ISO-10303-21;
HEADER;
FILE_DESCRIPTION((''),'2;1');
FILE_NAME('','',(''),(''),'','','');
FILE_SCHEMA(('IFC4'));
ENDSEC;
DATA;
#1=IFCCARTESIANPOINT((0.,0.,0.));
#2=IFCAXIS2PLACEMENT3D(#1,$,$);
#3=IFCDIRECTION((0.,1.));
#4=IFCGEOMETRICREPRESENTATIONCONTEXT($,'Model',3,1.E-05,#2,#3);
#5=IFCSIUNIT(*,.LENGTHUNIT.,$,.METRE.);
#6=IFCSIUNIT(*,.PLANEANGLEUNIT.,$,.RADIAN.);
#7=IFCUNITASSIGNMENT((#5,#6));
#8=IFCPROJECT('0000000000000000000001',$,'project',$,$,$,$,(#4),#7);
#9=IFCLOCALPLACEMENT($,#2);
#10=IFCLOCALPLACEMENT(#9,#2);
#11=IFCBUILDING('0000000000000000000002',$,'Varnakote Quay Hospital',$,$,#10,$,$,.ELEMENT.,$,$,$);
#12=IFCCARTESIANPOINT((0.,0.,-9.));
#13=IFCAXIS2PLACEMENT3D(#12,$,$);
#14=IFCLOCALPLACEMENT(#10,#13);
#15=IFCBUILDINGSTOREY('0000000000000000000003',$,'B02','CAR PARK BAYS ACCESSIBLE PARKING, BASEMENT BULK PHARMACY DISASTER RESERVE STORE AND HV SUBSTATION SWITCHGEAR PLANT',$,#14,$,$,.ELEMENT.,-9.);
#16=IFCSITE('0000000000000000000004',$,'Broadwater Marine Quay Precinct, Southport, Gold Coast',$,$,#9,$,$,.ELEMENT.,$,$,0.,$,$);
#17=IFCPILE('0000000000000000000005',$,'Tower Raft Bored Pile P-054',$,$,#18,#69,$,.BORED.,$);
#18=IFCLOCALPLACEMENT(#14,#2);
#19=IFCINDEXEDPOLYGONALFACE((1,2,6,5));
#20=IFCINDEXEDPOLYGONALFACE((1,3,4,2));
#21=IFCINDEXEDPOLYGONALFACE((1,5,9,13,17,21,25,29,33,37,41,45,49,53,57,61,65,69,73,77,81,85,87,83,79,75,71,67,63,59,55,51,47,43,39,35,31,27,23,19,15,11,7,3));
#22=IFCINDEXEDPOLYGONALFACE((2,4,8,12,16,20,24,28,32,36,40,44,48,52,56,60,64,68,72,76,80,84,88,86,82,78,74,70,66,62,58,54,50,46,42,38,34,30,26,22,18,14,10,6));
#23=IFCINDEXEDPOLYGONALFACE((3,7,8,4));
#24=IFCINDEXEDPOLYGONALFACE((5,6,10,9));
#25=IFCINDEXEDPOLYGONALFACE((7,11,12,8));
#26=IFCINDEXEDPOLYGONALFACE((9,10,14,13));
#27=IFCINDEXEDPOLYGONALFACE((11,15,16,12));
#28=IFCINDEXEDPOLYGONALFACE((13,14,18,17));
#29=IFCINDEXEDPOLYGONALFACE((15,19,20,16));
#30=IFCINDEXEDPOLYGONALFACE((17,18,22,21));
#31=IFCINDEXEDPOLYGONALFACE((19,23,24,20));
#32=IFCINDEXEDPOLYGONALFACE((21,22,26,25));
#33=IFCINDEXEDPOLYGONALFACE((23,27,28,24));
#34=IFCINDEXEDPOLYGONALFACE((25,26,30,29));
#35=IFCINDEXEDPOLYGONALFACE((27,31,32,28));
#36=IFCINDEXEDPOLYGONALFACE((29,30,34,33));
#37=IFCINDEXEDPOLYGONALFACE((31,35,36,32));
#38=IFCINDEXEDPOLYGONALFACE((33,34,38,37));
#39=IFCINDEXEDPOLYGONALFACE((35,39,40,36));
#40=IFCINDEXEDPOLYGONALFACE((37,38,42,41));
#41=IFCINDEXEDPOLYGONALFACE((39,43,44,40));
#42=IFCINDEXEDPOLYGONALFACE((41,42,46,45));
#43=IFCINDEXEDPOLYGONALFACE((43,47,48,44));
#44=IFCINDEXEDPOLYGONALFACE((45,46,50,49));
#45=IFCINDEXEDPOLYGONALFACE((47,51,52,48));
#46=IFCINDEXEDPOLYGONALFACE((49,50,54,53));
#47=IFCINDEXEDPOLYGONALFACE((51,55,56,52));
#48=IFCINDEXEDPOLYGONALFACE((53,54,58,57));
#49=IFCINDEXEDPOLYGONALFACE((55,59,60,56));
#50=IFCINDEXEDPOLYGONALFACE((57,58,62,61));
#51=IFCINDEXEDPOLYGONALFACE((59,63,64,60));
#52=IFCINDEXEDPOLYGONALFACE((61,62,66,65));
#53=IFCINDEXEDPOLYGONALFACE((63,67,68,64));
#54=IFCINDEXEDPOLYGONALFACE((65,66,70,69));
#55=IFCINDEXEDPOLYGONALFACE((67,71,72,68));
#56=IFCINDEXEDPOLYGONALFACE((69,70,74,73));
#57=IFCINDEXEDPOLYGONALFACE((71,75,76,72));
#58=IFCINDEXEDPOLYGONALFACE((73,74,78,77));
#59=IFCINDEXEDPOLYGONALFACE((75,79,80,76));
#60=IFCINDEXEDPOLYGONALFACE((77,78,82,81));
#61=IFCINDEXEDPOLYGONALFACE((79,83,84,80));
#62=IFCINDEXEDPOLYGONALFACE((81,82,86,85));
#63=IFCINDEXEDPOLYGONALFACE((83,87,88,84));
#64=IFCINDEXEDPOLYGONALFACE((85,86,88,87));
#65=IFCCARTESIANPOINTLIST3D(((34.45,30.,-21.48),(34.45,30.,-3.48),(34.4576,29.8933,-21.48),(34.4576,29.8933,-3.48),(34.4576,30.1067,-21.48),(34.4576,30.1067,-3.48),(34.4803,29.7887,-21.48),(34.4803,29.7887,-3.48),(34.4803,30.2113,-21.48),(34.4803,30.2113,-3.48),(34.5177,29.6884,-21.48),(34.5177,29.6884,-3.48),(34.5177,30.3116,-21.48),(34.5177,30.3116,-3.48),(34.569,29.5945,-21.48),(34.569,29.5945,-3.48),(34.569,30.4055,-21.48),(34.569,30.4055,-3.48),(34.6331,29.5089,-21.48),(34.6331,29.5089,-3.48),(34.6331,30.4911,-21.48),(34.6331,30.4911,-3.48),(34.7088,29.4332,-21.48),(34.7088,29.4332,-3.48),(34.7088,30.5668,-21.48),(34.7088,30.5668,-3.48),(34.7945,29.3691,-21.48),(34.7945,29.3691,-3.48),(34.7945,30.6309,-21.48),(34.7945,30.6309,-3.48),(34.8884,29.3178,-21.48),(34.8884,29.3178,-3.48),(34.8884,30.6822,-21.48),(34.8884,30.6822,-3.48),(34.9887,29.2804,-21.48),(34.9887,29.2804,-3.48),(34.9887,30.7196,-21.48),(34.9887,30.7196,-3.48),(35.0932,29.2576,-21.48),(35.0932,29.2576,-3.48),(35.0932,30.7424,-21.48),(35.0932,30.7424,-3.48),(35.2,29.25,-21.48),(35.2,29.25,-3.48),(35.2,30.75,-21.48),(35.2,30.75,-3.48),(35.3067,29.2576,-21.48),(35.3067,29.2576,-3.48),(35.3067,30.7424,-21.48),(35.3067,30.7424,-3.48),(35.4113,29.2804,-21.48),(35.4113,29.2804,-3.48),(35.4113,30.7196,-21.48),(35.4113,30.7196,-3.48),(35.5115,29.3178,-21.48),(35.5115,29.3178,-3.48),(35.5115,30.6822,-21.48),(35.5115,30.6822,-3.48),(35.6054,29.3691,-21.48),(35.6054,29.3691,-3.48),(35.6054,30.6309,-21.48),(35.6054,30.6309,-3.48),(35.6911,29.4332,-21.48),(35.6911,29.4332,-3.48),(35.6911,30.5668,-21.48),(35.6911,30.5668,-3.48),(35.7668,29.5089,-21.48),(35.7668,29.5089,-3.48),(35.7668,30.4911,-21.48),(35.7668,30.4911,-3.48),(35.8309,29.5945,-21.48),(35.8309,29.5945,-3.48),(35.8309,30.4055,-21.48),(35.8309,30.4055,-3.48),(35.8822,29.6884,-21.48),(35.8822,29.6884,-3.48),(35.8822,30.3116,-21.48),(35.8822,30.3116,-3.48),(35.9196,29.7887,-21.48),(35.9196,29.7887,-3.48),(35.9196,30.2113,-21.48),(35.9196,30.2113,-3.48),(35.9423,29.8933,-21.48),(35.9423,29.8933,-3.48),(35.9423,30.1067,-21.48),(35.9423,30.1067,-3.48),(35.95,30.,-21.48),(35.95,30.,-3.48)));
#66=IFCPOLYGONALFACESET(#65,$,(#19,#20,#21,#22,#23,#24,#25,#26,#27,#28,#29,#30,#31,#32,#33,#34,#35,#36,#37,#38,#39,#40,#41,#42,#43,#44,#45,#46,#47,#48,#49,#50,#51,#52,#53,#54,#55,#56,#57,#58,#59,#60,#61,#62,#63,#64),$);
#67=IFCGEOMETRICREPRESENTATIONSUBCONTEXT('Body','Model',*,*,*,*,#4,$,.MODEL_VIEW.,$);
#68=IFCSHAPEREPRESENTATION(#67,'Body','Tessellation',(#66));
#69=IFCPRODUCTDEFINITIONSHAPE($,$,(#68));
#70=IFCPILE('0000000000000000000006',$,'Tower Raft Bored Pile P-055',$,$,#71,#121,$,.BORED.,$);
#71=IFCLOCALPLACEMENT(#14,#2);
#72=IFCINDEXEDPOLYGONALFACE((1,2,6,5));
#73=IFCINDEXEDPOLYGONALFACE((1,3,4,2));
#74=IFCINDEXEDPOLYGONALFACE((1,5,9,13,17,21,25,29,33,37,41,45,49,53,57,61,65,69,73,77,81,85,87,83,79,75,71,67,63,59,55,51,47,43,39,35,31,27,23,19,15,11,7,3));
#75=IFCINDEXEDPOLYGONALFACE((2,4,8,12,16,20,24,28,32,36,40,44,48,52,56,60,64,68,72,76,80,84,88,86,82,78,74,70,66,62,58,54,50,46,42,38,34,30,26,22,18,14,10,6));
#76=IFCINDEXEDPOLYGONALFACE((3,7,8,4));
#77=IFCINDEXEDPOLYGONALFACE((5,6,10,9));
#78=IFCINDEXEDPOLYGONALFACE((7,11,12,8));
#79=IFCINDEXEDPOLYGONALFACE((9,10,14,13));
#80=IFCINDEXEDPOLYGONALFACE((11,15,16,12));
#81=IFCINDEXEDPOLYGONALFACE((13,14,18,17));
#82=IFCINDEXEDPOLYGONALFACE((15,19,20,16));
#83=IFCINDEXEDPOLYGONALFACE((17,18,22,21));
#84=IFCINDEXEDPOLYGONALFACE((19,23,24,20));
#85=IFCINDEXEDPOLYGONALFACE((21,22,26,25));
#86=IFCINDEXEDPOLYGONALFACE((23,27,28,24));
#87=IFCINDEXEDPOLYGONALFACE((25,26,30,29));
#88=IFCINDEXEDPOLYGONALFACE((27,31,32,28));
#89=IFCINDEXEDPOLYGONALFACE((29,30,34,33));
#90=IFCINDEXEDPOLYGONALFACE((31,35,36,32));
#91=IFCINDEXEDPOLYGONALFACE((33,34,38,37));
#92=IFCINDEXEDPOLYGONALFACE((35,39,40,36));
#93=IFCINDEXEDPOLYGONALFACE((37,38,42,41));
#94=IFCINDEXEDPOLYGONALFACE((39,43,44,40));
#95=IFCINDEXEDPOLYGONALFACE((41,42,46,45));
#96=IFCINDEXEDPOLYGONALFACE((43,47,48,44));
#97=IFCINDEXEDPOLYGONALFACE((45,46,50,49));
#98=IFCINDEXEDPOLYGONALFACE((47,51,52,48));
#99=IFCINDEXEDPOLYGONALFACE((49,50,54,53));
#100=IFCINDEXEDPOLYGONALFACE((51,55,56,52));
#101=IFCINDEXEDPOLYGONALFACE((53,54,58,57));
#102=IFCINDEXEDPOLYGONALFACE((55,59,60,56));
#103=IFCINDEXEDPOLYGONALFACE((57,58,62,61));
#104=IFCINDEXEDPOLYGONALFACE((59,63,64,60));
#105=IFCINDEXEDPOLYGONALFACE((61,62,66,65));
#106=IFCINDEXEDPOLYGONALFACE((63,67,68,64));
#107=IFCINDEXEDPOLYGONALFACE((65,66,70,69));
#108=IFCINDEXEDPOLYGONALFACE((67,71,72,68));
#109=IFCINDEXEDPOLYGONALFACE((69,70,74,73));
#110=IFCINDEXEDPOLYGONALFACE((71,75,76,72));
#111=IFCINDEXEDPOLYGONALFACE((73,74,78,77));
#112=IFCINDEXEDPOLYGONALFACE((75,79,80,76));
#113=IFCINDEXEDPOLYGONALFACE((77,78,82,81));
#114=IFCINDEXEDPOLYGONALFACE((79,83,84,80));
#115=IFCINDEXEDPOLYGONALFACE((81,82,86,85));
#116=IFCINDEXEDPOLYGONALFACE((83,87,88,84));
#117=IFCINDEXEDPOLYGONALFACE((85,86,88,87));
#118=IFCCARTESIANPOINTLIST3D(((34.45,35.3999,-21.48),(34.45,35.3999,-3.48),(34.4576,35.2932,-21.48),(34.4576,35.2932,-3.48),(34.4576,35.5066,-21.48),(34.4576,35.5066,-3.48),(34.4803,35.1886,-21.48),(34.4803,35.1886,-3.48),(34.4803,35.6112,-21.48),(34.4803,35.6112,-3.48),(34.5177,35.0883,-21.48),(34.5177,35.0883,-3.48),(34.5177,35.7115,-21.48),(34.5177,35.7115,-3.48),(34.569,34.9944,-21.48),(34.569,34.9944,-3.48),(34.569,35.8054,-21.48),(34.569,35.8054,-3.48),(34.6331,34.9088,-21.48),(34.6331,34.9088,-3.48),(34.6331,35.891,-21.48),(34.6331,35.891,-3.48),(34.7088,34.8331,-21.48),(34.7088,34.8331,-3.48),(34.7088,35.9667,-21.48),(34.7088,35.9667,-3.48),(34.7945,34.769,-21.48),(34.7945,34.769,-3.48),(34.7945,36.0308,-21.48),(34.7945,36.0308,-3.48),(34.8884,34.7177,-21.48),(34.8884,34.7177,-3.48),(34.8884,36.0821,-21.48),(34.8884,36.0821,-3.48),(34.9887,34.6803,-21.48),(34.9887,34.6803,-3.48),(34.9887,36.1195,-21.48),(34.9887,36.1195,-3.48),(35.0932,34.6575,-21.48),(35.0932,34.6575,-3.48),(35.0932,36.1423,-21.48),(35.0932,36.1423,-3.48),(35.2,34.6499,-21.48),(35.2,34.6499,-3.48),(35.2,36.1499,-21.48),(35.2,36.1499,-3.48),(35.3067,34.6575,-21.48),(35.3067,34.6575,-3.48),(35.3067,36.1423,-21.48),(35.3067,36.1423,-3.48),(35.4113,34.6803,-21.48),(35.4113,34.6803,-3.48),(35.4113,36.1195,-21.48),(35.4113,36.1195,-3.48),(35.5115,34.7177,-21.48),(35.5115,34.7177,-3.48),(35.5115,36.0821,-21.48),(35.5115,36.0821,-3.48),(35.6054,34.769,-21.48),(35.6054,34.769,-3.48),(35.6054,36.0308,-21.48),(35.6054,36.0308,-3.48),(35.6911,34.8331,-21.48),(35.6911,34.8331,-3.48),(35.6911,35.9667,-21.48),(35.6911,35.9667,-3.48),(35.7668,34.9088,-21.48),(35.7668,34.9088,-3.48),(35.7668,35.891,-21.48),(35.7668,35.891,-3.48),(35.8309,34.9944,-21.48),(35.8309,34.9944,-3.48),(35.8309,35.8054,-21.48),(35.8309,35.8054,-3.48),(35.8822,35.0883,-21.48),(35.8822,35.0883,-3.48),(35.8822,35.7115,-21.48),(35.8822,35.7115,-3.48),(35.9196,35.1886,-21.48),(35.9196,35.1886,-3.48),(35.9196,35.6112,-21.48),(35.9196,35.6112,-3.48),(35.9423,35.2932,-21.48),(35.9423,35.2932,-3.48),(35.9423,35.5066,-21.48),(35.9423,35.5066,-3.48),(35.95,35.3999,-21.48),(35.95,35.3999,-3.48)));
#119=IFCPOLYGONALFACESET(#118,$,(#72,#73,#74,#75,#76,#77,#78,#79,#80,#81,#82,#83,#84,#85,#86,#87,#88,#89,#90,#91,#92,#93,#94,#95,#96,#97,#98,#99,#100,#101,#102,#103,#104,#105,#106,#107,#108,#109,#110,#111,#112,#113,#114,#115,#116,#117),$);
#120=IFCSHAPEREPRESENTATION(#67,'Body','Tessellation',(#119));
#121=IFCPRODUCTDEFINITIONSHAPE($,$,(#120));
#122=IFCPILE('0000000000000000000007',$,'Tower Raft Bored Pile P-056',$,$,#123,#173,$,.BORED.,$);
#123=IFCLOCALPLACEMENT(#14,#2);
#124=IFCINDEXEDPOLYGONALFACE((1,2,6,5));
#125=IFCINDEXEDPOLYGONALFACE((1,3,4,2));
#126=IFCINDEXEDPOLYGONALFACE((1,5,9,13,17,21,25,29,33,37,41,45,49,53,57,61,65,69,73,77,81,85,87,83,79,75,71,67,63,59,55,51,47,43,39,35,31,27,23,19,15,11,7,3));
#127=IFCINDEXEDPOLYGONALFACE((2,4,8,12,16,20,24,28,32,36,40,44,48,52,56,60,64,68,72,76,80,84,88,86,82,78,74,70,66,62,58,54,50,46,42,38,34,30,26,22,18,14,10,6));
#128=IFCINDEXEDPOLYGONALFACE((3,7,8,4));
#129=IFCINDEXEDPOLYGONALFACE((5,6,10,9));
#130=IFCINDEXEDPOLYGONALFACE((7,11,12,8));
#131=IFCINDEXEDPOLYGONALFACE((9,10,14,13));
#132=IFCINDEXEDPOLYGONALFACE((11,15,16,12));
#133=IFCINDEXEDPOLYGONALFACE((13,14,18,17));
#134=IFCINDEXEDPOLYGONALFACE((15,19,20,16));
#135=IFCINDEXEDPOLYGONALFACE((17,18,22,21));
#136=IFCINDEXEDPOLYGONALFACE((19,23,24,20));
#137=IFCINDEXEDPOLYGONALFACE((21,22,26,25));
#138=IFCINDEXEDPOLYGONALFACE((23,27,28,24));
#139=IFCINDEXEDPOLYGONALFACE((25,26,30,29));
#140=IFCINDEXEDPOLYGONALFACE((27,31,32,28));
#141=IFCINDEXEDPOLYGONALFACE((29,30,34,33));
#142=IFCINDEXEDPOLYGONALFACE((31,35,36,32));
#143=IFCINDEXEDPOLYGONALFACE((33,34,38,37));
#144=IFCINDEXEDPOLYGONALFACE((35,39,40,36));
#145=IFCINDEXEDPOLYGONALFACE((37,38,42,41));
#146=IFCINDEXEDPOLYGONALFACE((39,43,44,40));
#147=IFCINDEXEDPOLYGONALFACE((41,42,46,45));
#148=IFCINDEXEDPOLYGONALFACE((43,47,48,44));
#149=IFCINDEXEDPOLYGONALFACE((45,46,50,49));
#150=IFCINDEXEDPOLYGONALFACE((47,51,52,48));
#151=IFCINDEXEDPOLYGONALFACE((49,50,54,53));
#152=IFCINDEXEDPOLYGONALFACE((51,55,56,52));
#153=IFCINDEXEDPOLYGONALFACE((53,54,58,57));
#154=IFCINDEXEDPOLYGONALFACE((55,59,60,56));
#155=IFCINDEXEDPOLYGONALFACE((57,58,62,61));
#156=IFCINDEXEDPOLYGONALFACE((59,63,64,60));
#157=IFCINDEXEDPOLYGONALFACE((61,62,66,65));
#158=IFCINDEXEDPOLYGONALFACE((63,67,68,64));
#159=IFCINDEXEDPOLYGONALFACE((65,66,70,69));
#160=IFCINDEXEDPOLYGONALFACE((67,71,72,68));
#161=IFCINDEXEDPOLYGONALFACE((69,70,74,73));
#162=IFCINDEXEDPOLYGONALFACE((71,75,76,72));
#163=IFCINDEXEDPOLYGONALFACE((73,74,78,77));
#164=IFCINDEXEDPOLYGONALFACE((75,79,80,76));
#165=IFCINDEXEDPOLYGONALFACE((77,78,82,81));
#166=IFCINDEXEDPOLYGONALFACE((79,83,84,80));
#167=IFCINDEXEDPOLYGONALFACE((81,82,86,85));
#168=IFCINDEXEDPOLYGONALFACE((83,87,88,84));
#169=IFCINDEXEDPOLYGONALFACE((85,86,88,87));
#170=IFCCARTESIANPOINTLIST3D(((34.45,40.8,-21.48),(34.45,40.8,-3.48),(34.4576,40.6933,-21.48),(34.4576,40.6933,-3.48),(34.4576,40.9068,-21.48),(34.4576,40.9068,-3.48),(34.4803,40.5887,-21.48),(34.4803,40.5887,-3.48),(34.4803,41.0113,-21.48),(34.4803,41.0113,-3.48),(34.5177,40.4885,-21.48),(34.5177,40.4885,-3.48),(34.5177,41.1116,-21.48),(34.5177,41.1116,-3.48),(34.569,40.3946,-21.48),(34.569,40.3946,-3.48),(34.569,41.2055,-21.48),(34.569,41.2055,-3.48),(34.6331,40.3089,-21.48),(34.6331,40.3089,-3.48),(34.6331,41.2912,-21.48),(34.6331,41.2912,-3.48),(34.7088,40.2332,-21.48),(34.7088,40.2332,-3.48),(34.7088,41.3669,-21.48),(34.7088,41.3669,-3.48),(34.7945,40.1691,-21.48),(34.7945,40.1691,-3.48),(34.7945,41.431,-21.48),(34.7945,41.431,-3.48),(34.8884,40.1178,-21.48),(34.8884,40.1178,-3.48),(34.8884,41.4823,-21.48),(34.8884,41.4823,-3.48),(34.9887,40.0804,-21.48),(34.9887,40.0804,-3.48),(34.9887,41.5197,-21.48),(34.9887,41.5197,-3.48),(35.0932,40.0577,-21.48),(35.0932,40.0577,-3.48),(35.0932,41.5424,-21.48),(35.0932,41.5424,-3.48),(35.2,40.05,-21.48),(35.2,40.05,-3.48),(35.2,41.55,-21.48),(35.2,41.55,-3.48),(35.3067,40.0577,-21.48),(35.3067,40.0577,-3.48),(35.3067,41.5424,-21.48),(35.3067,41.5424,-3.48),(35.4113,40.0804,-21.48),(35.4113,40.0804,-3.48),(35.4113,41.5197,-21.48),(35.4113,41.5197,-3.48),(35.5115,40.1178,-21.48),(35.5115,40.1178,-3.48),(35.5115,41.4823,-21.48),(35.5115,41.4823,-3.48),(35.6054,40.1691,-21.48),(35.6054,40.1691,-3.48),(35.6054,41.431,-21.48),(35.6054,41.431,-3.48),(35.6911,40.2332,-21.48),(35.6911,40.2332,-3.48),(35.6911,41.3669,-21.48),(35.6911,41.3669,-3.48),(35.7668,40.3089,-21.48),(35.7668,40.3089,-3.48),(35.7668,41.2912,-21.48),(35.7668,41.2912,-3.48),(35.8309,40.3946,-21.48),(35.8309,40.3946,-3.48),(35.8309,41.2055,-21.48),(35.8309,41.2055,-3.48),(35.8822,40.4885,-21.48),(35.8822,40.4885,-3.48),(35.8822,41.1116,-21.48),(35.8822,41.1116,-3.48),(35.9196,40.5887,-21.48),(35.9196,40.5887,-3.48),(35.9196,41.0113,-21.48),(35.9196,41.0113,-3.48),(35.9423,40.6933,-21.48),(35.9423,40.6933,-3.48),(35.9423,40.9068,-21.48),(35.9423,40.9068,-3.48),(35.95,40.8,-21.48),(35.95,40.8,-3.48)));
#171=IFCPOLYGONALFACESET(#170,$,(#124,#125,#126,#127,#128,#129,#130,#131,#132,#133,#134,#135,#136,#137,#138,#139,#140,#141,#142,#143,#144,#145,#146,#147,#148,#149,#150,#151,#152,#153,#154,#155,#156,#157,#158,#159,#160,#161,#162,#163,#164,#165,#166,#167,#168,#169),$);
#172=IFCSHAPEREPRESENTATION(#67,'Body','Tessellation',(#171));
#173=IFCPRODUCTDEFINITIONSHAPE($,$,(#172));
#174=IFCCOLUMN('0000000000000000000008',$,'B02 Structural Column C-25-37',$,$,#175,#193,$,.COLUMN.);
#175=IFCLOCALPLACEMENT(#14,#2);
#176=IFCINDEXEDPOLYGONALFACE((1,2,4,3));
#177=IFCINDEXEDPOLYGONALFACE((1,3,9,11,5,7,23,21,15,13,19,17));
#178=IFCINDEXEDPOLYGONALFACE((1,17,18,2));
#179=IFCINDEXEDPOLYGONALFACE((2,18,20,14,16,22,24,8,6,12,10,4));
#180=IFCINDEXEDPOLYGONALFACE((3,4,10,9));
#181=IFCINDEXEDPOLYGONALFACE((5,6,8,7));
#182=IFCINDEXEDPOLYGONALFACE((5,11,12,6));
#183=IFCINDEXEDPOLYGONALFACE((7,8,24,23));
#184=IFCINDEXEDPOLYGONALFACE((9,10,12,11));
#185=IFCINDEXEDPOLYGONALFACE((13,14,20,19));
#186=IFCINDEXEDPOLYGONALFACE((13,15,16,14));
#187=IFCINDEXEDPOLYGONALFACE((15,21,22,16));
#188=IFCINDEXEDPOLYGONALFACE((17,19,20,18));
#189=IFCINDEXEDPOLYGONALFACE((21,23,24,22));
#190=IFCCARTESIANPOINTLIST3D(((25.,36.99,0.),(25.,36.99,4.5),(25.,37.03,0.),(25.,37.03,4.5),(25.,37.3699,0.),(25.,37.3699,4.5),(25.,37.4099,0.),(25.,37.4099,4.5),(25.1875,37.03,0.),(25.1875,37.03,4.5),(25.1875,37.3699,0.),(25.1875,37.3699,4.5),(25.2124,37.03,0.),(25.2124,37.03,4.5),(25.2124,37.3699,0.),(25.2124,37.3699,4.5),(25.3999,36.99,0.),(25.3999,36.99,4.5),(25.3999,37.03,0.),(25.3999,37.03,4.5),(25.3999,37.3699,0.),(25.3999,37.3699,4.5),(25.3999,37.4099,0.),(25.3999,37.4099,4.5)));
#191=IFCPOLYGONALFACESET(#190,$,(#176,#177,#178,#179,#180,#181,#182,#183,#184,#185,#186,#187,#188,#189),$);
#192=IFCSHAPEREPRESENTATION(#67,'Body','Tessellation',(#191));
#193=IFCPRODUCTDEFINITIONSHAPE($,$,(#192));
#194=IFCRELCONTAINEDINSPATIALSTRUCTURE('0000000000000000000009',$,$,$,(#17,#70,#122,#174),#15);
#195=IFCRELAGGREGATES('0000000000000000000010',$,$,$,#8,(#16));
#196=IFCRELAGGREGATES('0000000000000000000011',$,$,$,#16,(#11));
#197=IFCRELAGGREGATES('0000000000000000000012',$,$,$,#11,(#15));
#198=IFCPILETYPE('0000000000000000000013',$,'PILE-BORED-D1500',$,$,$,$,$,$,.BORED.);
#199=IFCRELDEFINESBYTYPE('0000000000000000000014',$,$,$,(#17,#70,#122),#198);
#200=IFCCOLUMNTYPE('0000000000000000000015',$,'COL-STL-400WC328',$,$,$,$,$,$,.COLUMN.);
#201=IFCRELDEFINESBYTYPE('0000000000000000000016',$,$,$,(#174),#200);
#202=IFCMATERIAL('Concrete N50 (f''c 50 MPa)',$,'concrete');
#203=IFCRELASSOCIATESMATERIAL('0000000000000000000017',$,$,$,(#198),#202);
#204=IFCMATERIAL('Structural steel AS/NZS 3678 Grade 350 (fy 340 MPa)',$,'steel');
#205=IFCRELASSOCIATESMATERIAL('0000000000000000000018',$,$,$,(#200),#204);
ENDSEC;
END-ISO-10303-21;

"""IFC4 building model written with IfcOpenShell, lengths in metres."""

from ifc_helpers import new_model, si_unit, direction, frame, origin, origin_2d, place, context, subcontext, project, spatial, circle, i_section, extrude, material, material_profile, profile_set, type_object, element, save


model = new_model("IFC4")

# Units and contexts
model_context = context("Model", 3, precision=1e-05, world=origin(), true_north=direction((0.0, 1.0)))
body_context = subcontext(model_context, "Body", "Model", "MODEL_VIEW")
ifc_project = project(units=[si_unit("LENGTHUNIT", "METRE"), si_unit("PLANEANGLEUNIT", "RADIAN")], contexts=[model_context])

# Site, building, storey
site_placement = place(None, origin())
site = spatial("IfcSite", under=ifc_project, at=site_placement, Name="Broadwater Marine Quay Precinct, Southport, Gold Coast", CompositionType="ELEMENT", RefElevation=0.0)
building_placement = place(site_placement, origin())
building = spatial("IfcBuilding", under=site, at=building_placement, Name="Varnakote Quay Hospital", CompositionType="ELEMENT")
storey_placement = place(building_placement, frame((0.0, 0.0, -9.0)))
storey = spatial("IfcBuildingStorey", under=building, at=storey_placement, Name="B02", Description="CAR PARK BAYS ACCESSIBLE PARKING, BASEMENT BULK PHARMACY DISASTER RESERVE STORE AND HV SUBSTATION SWITCHGEAR PLANT", CompositionType="ELEMENT", Elevation=-9.0)

# Piles
ifc_material_1 = material(Name="Concrete N50 (f'c 50 MPa)", Category="concrete")
ifc_material_profile_1 = material_profile(ifc_material_1, circle(Radius=0.75, at=origin_2d()), Name="PILE-D1500")
ifc_profile_set_1 = profile_set([ifc_material_profile_1], Name="Concrete N50 (f'c 50 MPa)")
pile_type = type_object("IfcPileType", Name="PILE-BORED-D1500", PredefinedType="BORED", material=ifc_profile_set_1)
for number, where, z_axis, x_axis, name in (
    (1, (35.2, 30.0, -3.48), (0.0, 0.0, -1.0), (1.0, 0.0, 0.0), "Tower Raft Bored Pile P-054"),
    (2, (35.2, 35.3999, -3.48), (0.0, 0.0, -1.0), (1.0, 0.0, 0.0), "Tower Raft Bored Pile P-055"),
    (3, (35.2, 40.8, -3.48), (0.0, 0.0, -1.0), (1.0, 0.0, 0.0), "Tower Raft Bored Pile P-056"),
):
    element("IfcPile", number, at=place(storey_placement, frame(where, z_axis=z_axis, x_axis=x_axis)), inside=storey, type_object=pile_type, Name=name, PredefinedType="BORED", context=body_context, shape_type="SweptSolid", body=[
        extrude(circle(Radius=0.75, at=origin_2d()), origin(), (0.0, 0.0, 1.0), 18.0),
    ])

# Column
ifc_material_2 = material(Name="Structural steel AS/NZS 3678 Grade 350 (fy 340 MPa)", Category="steel")
ifc_material_profile_2 = material_profile(ifc_material_2, i_section(OverallWidth=0.3999, OverallDepth=0.4199, WebThickness=0.0249, FlangeThickness=0.04, at=origin_2d()), Name="400WC328")
ifc_profile_set_2 = profile_set([ifc_material_profile_2], Name="Structural steel AS/NZS 3678 Grade 350 (fy 340 MPa)")
column_type = type_object("IfcColumnType", Name="COL-STL-400WC328", PredefinedType="COLUMN", material=ifc_profile_set_2)
for number, where, z_axis, x_axis, name in (
    (4, (25.2, 37.2, 0.0), (0.0, 0.0, 1.0), (1.0, 0.0, 0.0), "B02 Structural Column C-25-37"),
):
    element("IfcColumn", number, at=place(storey_placement, frame(where, z_axis=z_axis, x_axis=x_axis)), inside=storey, type_object=column_type, Name=name, PredefinedType="COLUMN", context=body_context, shape_type="SweptSolid", body=[
        extrude(i_section(OverallWidth=0.3999, OverallDepth=0.4199, WebThickness=0.0249, FlangeThickness=0.04, at=origin_2d()), origin(), (0.0, 0.0, 1.0), 4.5),
    ])

save(model, "model.ifc")
